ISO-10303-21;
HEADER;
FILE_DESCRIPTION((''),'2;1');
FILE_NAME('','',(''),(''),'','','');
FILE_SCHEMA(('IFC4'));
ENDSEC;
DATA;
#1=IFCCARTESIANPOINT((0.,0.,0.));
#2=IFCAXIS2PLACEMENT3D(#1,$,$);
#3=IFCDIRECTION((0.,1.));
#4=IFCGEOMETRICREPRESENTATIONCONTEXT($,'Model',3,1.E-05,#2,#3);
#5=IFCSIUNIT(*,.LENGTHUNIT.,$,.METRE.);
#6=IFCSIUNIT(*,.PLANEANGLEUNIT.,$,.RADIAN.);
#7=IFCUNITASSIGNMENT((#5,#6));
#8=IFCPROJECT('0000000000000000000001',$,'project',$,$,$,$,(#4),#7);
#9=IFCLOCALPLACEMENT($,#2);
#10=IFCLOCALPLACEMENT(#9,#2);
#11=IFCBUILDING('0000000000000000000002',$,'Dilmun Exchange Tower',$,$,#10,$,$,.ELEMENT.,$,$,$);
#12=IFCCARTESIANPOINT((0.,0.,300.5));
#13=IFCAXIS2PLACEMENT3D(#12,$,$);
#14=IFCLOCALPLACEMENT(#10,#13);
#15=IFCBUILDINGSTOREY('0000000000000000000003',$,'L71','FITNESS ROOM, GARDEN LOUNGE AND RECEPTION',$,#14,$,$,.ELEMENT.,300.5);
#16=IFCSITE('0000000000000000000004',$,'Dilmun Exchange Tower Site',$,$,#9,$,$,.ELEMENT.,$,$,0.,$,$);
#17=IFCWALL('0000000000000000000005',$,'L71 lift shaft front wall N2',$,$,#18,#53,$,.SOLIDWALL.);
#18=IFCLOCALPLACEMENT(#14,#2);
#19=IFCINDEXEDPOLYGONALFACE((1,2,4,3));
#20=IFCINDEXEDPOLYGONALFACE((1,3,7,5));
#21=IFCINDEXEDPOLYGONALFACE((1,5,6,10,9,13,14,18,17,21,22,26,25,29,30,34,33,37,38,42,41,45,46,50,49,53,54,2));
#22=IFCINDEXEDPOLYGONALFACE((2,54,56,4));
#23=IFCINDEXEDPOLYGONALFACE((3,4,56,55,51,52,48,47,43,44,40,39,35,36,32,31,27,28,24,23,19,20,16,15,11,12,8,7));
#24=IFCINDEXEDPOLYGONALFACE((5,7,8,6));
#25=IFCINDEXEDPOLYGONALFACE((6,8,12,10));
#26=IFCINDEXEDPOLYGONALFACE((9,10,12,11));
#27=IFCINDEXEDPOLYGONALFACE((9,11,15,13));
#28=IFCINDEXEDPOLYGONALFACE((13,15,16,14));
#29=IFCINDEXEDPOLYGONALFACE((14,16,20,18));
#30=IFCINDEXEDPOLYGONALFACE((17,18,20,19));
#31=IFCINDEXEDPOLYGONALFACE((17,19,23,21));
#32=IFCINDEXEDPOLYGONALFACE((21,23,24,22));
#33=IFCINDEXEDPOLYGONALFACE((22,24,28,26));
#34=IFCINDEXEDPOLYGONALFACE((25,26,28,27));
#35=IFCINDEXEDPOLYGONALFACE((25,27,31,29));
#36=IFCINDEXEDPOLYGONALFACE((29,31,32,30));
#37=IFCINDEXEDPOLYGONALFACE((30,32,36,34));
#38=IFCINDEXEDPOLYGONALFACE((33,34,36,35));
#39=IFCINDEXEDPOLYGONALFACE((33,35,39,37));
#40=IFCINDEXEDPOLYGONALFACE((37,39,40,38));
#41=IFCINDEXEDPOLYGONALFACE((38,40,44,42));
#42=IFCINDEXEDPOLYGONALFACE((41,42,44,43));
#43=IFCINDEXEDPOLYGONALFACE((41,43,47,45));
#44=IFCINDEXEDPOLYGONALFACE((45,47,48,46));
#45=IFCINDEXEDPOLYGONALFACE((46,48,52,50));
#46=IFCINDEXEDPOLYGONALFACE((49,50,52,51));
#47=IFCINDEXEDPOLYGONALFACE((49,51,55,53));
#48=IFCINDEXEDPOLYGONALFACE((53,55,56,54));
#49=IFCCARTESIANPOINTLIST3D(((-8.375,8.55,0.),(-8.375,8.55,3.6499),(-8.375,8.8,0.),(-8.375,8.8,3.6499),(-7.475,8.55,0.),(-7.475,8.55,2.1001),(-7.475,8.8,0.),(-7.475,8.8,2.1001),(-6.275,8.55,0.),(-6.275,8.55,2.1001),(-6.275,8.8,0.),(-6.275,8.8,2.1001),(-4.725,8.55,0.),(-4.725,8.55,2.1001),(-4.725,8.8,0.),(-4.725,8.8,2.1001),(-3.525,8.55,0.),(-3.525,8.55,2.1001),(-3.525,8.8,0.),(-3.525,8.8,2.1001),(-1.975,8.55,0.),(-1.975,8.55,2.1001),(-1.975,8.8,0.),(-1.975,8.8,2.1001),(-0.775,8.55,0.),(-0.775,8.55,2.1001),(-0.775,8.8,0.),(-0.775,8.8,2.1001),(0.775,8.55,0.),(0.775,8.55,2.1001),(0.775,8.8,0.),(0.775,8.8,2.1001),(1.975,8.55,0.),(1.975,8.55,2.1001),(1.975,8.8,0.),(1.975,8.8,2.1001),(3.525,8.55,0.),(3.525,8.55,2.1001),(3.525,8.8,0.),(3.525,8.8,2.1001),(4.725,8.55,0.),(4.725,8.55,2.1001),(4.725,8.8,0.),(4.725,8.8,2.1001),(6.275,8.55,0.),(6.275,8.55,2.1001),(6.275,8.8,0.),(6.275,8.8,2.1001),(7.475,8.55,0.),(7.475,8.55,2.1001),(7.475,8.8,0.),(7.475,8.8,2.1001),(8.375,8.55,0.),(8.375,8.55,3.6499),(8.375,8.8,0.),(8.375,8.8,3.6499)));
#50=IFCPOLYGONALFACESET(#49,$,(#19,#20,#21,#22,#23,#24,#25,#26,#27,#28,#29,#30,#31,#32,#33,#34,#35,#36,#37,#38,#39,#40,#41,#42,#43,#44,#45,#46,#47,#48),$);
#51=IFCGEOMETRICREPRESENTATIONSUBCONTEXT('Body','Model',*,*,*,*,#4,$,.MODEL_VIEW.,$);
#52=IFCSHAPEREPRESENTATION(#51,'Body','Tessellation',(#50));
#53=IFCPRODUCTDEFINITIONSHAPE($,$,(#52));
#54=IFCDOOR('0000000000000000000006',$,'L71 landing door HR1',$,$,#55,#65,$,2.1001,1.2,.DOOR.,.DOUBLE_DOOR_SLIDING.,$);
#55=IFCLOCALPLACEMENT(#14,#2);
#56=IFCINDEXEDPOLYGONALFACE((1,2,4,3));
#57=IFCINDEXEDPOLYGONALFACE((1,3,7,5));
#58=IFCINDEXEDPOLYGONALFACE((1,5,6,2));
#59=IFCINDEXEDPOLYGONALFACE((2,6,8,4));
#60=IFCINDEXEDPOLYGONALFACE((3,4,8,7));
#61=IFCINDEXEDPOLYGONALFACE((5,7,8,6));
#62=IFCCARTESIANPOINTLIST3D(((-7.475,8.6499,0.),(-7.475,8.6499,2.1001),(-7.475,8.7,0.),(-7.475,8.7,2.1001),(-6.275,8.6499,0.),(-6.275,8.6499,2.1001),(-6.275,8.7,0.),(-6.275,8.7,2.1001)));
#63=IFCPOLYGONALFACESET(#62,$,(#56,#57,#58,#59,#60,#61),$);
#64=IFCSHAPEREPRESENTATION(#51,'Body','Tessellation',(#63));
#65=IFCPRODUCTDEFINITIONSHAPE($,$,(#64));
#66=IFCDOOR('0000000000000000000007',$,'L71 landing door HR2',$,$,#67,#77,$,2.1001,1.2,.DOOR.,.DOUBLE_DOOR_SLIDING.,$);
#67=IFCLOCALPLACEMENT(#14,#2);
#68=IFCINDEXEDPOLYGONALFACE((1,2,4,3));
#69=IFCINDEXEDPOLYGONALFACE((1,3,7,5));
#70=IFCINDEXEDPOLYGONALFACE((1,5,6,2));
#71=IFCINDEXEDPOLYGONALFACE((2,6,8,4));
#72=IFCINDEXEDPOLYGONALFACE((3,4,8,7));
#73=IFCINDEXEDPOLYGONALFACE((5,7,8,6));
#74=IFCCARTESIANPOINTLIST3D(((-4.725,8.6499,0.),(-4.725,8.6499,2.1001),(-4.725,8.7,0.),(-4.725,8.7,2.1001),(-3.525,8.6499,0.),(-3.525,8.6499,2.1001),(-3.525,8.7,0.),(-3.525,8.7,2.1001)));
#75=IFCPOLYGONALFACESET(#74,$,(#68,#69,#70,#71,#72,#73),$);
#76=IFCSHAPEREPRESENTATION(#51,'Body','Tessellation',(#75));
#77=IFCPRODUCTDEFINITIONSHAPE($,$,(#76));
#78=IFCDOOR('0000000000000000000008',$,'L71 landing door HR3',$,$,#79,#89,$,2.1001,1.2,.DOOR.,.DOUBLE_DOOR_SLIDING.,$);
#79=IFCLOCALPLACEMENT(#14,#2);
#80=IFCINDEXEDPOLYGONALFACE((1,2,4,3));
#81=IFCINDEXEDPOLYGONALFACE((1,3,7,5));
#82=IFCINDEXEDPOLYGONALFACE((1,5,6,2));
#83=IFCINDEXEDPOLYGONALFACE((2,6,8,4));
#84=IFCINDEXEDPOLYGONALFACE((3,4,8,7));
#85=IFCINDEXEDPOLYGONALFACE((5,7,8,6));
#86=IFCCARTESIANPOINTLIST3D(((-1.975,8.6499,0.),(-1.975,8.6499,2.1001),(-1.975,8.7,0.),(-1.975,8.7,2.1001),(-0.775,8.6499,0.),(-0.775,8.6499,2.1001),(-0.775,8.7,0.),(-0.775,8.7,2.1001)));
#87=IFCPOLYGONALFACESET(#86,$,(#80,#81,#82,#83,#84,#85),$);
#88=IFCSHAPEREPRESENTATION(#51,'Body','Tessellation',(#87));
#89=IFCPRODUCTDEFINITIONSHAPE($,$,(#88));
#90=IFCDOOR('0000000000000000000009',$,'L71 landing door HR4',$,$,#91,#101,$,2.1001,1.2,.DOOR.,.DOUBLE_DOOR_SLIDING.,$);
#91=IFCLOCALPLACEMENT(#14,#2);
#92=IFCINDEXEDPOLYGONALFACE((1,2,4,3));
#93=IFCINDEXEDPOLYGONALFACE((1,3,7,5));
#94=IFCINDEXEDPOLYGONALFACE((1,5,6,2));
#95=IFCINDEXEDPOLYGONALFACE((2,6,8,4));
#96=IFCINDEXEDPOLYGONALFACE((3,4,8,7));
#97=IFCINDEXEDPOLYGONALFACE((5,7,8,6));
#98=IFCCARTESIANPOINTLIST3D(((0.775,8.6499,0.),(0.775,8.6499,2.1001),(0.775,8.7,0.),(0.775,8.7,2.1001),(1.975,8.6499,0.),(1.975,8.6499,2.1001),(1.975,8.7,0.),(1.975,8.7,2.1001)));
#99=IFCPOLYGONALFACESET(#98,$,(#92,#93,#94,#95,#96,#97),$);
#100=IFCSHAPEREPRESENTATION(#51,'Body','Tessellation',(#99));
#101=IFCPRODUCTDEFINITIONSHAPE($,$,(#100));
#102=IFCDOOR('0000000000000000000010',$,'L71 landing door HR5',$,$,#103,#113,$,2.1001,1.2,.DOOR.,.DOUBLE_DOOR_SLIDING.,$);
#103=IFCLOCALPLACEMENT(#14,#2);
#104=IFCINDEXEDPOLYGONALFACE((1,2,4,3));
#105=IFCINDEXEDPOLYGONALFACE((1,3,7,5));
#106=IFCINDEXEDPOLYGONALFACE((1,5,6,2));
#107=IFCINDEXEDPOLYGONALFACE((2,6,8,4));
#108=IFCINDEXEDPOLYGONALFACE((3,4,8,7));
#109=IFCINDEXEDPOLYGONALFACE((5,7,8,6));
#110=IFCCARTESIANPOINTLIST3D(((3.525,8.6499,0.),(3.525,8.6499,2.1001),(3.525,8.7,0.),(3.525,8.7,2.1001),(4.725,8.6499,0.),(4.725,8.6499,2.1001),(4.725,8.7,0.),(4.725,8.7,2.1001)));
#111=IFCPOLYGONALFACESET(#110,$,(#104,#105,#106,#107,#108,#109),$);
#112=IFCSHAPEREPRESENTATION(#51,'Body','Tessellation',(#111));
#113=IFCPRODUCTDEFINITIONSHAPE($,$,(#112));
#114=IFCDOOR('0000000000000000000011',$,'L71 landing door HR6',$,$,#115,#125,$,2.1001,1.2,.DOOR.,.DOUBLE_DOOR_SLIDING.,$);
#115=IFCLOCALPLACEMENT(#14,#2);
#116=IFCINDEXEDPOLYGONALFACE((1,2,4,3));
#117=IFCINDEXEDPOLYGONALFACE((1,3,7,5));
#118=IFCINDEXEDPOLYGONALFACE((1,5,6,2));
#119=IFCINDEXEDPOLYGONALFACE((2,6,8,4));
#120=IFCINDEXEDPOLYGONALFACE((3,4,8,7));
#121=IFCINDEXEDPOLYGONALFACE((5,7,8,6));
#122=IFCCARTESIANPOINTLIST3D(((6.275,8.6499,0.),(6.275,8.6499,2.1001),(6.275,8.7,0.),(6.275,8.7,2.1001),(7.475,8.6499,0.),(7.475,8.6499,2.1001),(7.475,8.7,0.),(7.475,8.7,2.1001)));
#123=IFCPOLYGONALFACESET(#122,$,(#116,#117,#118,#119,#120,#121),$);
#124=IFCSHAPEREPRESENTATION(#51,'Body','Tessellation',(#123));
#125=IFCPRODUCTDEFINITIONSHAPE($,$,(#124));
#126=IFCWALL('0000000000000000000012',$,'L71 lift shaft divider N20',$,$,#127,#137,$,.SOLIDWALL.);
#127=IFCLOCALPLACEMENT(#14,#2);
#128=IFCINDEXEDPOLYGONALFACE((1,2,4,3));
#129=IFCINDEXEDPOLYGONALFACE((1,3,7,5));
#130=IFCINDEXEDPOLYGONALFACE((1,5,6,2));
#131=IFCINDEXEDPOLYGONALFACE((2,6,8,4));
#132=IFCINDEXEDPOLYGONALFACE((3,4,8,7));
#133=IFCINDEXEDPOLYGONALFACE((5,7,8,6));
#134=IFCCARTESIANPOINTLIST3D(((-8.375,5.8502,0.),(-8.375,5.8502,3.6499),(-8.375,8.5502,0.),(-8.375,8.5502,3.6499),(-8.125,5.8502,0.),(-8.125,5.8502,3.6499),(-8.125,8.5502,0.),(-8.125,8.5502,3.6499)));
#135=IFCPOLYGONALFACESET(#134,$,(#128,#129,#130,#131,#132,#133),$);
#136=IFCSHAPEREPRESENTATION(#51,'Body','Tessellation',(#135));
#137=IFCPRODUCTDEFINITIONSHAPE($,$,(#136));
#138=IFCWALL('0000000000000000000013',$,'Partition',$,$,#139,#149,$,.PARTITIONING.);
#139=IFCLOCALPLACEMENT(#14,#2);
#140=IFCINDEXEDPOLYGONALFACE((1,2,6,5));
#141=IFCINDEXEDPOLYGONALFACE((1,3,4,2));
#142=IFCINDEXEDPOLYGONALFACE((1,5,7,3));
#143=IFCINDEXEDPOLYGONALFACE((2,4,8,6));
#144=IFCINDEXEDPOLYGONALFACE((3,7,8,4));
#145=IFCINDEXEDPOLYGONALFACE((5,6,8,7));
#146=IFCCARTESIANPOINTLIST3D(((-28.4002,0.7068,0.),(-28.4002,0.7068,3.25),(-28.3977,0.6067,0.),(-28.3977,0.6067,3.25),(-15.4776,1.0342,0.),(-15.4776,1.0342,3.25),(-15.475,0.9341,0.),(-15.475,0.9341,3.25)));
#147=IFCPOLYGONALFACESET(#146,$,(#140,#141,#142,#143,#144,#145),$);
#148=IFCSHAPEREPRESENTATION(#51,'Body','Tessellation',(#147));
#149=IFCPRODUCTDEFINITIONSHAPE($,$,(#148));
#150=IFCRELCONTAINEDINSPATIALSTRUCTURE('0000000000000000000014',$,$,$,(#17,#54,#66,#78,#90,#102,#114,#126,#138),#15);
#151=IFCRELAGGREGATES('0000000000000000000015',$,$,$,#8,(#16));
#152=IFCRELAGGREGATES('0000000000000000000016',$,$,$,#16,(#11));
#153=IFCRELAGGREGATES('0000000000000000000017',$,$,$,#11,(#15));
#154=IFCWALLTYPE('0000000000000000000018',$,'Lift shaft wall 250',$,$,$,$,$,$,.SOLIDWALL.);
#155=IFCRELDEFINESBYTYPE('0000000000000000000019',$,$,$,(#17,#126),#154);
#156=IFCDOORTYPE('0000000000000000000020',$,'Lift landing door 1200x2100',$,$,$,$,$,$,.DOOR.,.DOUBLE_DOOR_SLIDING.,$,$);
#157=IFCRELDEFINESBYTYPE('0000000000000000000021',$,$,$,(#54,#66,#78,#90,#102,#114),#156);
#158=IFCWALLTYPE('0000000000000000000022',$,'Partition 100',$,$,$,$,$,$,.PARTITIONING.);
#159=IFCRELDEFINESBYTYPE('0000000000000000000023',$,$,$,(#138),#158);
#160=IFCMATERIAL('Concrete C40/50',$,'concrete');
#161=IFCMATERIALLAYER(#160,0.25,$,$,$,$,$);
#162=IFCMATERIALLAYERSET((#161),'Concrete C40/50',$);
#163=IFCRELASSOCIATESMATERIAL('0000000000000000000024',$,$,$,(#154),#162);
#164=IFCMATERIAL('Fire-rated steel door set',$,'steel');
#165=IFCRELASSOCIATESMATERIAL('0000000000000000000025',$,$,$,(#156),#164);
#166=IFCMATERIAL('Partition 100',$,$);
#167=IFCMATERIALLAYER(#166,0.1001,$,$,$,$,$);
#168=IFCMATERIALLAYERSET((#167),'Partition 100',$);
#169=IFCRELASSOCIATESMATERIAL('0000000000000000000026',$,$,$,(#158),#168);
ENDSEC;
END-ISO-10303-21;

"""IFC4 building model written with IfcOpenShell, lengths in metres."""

from ifc_helpers import new_model, si_unit, direction, frame, frame_2d, origin, place, context, subcontext, project, spatial, rectangle, extrude, material, layer, layer_set, type_object, element, fill, save


model = new_model("IFC4")

# Units and contexts
model_context = context("Model", 3, precision=1e-05, world=origin(), true_north=direction((0.0, 1.0)))
body_context = subcontext(model_context, "Body", "Model", "MODEL_VIEW")
ifc_project = project(units=[si_unit("LENGTHUNIT", "METRE"), si_unit("PLANEANGLEUNIT", "RADIAN")], contexts=[model_context])

# Site, building, storey
site_placement = place(None, origin())
site = spatial("IfcSite", under=ifc_project, at=site_placement, Name="Dilmun Exchange Tower Site", CompositionType="ELEMENT", RefElevation=0.0)
building_placement = place(site_placement, origin())
building = spatial("IfcBuilding", under=site, at=building_placement, Name="Dilmun Exchange Tower", CompositionType="ELEMENT")
storey_placement = place(building_placement, frame((0.0, 0.0, 300.5)))
storey = spatial("IfcBuildingStorey", under=building, at=storey_placement, Name="L71", Description="FITNESS ROOM, GARDEN LOUNGE AND RECEPTION", CompositionType="ELEMENT", Elevation=300.5)

# Shared definitions
ifc_material_1 = material(Name="Concrete C40/50", Category="concrete")

# Shared definitions
ifc_material_2 = material(Name="Fire-rated steel door set", Category="steel")

# Wall, openings, doors
ifc_layer_1 = layer(ifc_material_1, 0.25)
ifc_layer_set_1 = layer_set([ifc_layer_1], Name="Concrete C40/50")
wall_type_1 = type_object("IfcWallType", Name="Lift shaft wall 250", PredefinedType="SOLIDWALL", material=ifc_layer_set_1)
wall_1_placement = place(storey_placement, frame((-8.375, 8.675, 0.0), z_axis=(0.0, 0.0, 1.0), x_axis=(1.0, 0.0, 0.0)))
wall_1 = element("IfcWall", 1, at=wall_1_placement, inside=storey, type_object=wall_type_1, Name="L71 lift shaft front wall N2", PredefinedType="SOLIDWALL", context=body_context, shape_type="SweptSolid", body=[
    extrude(rectangle(XDim=16.75, YDim=0.25, at=frame_2d((8.375, 0.0))), origin(), (0.0, 0.0, 1.0), 3.6499),
])
opening_1_placement = place(wall_1_placement, frame((0.8999, 0.0, 0.0)))
opening_1 = element("IfcOpeningElement", 2, at=opening_1_placement, cuts=wall_1, PredefinedType="OPENING", context=body_context, shape_type="SweptSolid", body=[
    extrude(rectangle(XDim=1.2, YDim=2.1001, at=frame_2d((0.6001, 1.05))), frame((0.0, 0.135, 0.0), z_axis=(0.0, -1.0, 0.0), x_axis=(1.0, 0.0, 0.0)), (0.0, 0.0, 1.0), 0.27),
])
opening_2_placement = place(wall_1_placement, frame((3.6499, 0.0, 0.0)))
opening_2 = element("IfcOpeningElement", 3, at=opening_2_placement, cuts=wall_1, PredefinedType="OPENING", context=body_context, shape_type="SweptSolid", body=[
    extrude(rectangle(XDim=1.2, YDim=2.1001, at=frame_2d((0.6001, 1.05))), frame((0.0, 0.135, 0.0), z_axis=(0.0, -1.0, 0.0), x_axis=(1.0, 0.0, 0.0)), (0.0, 0.0, 1.0), 0.27),
])
opening_3_placement = place(wall_1_placement, frame((6.3999, 0.0, 0.0)))
opening_3 = element("IfcOpeningElement", 4, at=opening_3_placement, cuts=wall_1, PredefinedType="OPENING", context=body_context, shape_type="SweptSolid", body=[
    extrude(rectangle(XDim=1.2, YDim=2.1001, at=frame_2d((0.6001, 1.05))), frame((0.0, 0.135, 0.0), z_axis=(0.0, -1.0, 0.0), x_axis=(1.0, 0.0, 0.0)), (0.0, 0.0, 1.0), 0.27),
])
opening_4_placement = place(wall_1_placement, frame((9.1499, 0.0, 0.0)))
opening_4 = element("IfcOpeningElement", 5, at=opening_4_placement, cuts=wall_1, PredefinedType="OPENING", context=body_context, shape_type="SweptSolid", body=[
    extrude(rectangle(XDim=1.2, YDim=2.1001, at=frame_2d((0.6001, 1.05))), frame((0.0, 0.135, 0.0), z_axis=(0.0, -1.0, 0.0), x_axis=(1.0, 0.0, 0.0)), (0.0, 0.0, 1.0), 0.27),
])
opening_5_placement = place(wall_1_placement, frame((11.8999, 0.0, 0.0)))
opening_5 = element("IfcOpeningElement", 6, at=opening_5_placement, cuts=wall_1, PredefinedType="OPENING", context=body_context, shape_type="SweptSolid", body=[
    extrude(rectangle(XDim=1.2, YDim=2.1001, at=frame_2d((0.6001, 1.05))), frame((0.0, 0.135, 0.0), z_axis=(0.0, -1.0, 0.0), x_axis=(1.0, 0.0, 0.0)), (0.0, 0.0, 1.0), 0.27),
])
opening_6_placement = place(wall_1_placement, frame((14.6499, 0.0, 0.0)))
opening_6 = element("IfcOpeningElement", 7, at=opening_6_placement, cuts=wall_1, PredefinedType="OPENING", context=body_context, shape_type="SweptSolid", body=[
    extrude(rectangle(XDim=1.2, YDim=2.1001, at=frame_2d((0.6001, 1.05))), frame((0.0, 0.135, 0.0), z_axis=(0.0, -1.0, 0.0), x_axis=(1.0, 0.0, 0.0)), (0.0, 0.0, 1.0), 0.27),
])
door_type_1 = type_object("IfcDoorType", Name="Lift landing door 1200x2100", OperationType="DOUBLE_DOOR_SLIDING", PredefinedType="DOOR", material=ifc_material_2)
door_1_placement = place(opening_1_placement, origin())
door_1 = element("IfcDoor", 8, at=door_1_placement, inside=storey, type_object=door_type_1, Name="L71 landing door HR1", OperationType="DOUBLE_DOOR_SLIDING", OverallHeight=2.1001, OverallWidth=1.2, PredefinedType="DOOR", context=body_context, shape_type="SweptSolid", body=[
    extrude(rectangle(XDim=1.2, YDim=2.1001, at=frame_2d((0.6001, 1.05))), frame((0.0, 0.0249, 0.0), z_axis=(0.0, -1.0, 0.0), x_axis=(1.0, 0.0, 0.0)), (0.0, 0.0, 1.0), 0.05),
])
fill(opening_1, door_1)
door_2_placement = place(opening_2_placement, origin())
door_2 = element("IfcDoor", 9, at=door_2_placement, inside=storey, type_object=door_type_1, Name="L71 landing door HR2", OperationType="DOUBLE_DOOR_SLIDING", OverallHeight=2.1001, OverallWidth=1.2, PredefinedType="DOOR", context=body_context, shape_type="SweptSolid", body=[
    extrude(rectangle(XDim=1.2, YDim=2.1001, at=frame_2d((0.6001, 1.05))), frame((0.0, 0.0249, 0.0), z_axis=(0.0, -1.0, 0.0), x_axis=(1.0, 0.0, 0.0)), (0.0, 0.0, 1.0), 0.05),
])
fill(opening_2, door_2)
door_3_placement = place(opening_3_placement, origin())
door_3 = element("IfcDoor", 10, at=door_3_placement, inside=storey, type_object=door_type_1, Name="L71 landing door HR3", OperationType="DOUBLE_DOOR_SLIDING", OverallHeight=2.1001, OverallWidth=1.2, PredefinedType="DOOR", context=body_context, shape_type="SweptSolid", body=[
    extrude(rectangle(XDim=1.2, YDim=2.1001, at=frame_2d((0.6001, 1.05))), frame((0.0, 0.0249, 0.0), z_axis=(0.0, -1.0, 0.0), x_axis=(1.0, 0.0, 0.0)), (0.0, 0.0, 1.0), 0.05),
])
fill(opening_3, door_3)
door_4_placement = place(opening_4_placement, origin())
door_4 = element("IfcDoor", 11, at=door_4_placement, inside=storey, type_object=door_type_1, Name="L71 landing door HR4", OperationType="DOUBLE_DOOR_SLIDING", OverallHeight=2.1001, OverallWidth=1.2, PredefinedType="DOOR", context=body_context, shape_type="SweptSolid", body=[
    extrude(rectangle(XDim=1.2, YDim=2.1001, at=frame_2d((0.6001, 1.05))), frame((0.0, 0.0249, 0.0), z_axis=(0.0, -1.0, 0.0), x_axis=(1.0, 0.0, 0.0)), (0.0, 0.0, 1.0), 0.05),
])
fill(opening_4, door_4)
door_5_placement = place(opening_5_placement, origin())
door_5 = element("IfcDoor", 12, at=door_5_placement, inside=storey, type_object=door_type_1, Name="L71 landing door HR5", OperationType="DOUBLE_DOOR_SLIDING", OverallHeight=2.1001, OverallWidth=1.2, PredefinedType="DOOR", context=body_context, shape_type="SweptSolid", body=[
    extrude(rectangle(XDim=1.2, YDim=2.1001, at=frame_2d((0.6001, 1.05))), frame((0.0, 0.0249, 0.0), z_axis=(0.0, -1.0, 0.0), x_axis=(1.0, 0.0, 0.0)), (0.0, 0.0, 1.0), 0.05),
])
fill(opening_5, door_5)
door_6_placement = place(opening_6_placement, origin())
door_6 = element("IfcDoor", 13, at=door_6_placement, inside=storey, type_object=door_type_1, Name="L71 landing door HR6", OperationType="DOUBLE_DOOR_SLIDING", OverallHeight=2.1001, OverallWidth=1.2, PredefinedType="DOOR", context=body_context, shape_type="SweptSolid", body=[
    extrude(rectangle(XDim=1.2, YDim=2.1001, at=frame_2d((0.6001, 1.05))), frame((0.0, 0.0249, 0.0), z_axis=(0.0, -1.0, 0.0), x_axis=(1.0, 0.0, 0.0)), (0.0, 0.0, 1.0), 0.05),
])
fill(opening_6, door_6)

# Walls
wall_2_placement = place(storey_placement, frame((-8.25, 5.8501, 0.0), z_axis=(0.0, 0.0, 1.0), x_axis=(0.0, 1.0, 0.0)))
element("IfcWall", 14, at=wall_2_placement, inside=storey, type_object=wall_type_1, Name="L71 lift shaft divider N20", PredefinedType="SOLIDWALL", context=body_context, shape_type="SweptSolid", body=[
    extrude(rectangle(XDim=2.7, YDim=0.25, at=frame_2d((1.3501, 0.0))), origin(), (0.0, 0.0, 1.0), 3.6499),
])
ifc_material_3 = material(Name="Partition 100")
ifc_layer_2 = layer(ifc_material_3, 0.1001)
ifc_layer_set_2 = layer_set([ifc_layer_2], Name="Partition 100")
wall_type_2 = type_object("IfcWallType", Name="Partition 100", PredefinedType="PARTITIONING", material=ifc_layer_set_2)
wall_3_placement = place(storey_placement, frame((-28.3989, 0.6567, 0.0), z_axis=(0.0, 0.0, 1.0), x_axis=(0.999679, 0.025327, 0.0)))
element("IfcWall", 15, at=wall_3_placement, inside=storey, type_object=wall_type_2, Name="Partition", PredefinedType="PARTITIONING", context=body_context, shape_type="SweptSolid", body=[
    extrude(rectangle(XDim=12.9268, YDim=0.1001, at=frame_2d((6.4634, 0.0))), origin(), (0.0, 0.0, 1.0), 3.25),
])

save(model, "model.ifc")
